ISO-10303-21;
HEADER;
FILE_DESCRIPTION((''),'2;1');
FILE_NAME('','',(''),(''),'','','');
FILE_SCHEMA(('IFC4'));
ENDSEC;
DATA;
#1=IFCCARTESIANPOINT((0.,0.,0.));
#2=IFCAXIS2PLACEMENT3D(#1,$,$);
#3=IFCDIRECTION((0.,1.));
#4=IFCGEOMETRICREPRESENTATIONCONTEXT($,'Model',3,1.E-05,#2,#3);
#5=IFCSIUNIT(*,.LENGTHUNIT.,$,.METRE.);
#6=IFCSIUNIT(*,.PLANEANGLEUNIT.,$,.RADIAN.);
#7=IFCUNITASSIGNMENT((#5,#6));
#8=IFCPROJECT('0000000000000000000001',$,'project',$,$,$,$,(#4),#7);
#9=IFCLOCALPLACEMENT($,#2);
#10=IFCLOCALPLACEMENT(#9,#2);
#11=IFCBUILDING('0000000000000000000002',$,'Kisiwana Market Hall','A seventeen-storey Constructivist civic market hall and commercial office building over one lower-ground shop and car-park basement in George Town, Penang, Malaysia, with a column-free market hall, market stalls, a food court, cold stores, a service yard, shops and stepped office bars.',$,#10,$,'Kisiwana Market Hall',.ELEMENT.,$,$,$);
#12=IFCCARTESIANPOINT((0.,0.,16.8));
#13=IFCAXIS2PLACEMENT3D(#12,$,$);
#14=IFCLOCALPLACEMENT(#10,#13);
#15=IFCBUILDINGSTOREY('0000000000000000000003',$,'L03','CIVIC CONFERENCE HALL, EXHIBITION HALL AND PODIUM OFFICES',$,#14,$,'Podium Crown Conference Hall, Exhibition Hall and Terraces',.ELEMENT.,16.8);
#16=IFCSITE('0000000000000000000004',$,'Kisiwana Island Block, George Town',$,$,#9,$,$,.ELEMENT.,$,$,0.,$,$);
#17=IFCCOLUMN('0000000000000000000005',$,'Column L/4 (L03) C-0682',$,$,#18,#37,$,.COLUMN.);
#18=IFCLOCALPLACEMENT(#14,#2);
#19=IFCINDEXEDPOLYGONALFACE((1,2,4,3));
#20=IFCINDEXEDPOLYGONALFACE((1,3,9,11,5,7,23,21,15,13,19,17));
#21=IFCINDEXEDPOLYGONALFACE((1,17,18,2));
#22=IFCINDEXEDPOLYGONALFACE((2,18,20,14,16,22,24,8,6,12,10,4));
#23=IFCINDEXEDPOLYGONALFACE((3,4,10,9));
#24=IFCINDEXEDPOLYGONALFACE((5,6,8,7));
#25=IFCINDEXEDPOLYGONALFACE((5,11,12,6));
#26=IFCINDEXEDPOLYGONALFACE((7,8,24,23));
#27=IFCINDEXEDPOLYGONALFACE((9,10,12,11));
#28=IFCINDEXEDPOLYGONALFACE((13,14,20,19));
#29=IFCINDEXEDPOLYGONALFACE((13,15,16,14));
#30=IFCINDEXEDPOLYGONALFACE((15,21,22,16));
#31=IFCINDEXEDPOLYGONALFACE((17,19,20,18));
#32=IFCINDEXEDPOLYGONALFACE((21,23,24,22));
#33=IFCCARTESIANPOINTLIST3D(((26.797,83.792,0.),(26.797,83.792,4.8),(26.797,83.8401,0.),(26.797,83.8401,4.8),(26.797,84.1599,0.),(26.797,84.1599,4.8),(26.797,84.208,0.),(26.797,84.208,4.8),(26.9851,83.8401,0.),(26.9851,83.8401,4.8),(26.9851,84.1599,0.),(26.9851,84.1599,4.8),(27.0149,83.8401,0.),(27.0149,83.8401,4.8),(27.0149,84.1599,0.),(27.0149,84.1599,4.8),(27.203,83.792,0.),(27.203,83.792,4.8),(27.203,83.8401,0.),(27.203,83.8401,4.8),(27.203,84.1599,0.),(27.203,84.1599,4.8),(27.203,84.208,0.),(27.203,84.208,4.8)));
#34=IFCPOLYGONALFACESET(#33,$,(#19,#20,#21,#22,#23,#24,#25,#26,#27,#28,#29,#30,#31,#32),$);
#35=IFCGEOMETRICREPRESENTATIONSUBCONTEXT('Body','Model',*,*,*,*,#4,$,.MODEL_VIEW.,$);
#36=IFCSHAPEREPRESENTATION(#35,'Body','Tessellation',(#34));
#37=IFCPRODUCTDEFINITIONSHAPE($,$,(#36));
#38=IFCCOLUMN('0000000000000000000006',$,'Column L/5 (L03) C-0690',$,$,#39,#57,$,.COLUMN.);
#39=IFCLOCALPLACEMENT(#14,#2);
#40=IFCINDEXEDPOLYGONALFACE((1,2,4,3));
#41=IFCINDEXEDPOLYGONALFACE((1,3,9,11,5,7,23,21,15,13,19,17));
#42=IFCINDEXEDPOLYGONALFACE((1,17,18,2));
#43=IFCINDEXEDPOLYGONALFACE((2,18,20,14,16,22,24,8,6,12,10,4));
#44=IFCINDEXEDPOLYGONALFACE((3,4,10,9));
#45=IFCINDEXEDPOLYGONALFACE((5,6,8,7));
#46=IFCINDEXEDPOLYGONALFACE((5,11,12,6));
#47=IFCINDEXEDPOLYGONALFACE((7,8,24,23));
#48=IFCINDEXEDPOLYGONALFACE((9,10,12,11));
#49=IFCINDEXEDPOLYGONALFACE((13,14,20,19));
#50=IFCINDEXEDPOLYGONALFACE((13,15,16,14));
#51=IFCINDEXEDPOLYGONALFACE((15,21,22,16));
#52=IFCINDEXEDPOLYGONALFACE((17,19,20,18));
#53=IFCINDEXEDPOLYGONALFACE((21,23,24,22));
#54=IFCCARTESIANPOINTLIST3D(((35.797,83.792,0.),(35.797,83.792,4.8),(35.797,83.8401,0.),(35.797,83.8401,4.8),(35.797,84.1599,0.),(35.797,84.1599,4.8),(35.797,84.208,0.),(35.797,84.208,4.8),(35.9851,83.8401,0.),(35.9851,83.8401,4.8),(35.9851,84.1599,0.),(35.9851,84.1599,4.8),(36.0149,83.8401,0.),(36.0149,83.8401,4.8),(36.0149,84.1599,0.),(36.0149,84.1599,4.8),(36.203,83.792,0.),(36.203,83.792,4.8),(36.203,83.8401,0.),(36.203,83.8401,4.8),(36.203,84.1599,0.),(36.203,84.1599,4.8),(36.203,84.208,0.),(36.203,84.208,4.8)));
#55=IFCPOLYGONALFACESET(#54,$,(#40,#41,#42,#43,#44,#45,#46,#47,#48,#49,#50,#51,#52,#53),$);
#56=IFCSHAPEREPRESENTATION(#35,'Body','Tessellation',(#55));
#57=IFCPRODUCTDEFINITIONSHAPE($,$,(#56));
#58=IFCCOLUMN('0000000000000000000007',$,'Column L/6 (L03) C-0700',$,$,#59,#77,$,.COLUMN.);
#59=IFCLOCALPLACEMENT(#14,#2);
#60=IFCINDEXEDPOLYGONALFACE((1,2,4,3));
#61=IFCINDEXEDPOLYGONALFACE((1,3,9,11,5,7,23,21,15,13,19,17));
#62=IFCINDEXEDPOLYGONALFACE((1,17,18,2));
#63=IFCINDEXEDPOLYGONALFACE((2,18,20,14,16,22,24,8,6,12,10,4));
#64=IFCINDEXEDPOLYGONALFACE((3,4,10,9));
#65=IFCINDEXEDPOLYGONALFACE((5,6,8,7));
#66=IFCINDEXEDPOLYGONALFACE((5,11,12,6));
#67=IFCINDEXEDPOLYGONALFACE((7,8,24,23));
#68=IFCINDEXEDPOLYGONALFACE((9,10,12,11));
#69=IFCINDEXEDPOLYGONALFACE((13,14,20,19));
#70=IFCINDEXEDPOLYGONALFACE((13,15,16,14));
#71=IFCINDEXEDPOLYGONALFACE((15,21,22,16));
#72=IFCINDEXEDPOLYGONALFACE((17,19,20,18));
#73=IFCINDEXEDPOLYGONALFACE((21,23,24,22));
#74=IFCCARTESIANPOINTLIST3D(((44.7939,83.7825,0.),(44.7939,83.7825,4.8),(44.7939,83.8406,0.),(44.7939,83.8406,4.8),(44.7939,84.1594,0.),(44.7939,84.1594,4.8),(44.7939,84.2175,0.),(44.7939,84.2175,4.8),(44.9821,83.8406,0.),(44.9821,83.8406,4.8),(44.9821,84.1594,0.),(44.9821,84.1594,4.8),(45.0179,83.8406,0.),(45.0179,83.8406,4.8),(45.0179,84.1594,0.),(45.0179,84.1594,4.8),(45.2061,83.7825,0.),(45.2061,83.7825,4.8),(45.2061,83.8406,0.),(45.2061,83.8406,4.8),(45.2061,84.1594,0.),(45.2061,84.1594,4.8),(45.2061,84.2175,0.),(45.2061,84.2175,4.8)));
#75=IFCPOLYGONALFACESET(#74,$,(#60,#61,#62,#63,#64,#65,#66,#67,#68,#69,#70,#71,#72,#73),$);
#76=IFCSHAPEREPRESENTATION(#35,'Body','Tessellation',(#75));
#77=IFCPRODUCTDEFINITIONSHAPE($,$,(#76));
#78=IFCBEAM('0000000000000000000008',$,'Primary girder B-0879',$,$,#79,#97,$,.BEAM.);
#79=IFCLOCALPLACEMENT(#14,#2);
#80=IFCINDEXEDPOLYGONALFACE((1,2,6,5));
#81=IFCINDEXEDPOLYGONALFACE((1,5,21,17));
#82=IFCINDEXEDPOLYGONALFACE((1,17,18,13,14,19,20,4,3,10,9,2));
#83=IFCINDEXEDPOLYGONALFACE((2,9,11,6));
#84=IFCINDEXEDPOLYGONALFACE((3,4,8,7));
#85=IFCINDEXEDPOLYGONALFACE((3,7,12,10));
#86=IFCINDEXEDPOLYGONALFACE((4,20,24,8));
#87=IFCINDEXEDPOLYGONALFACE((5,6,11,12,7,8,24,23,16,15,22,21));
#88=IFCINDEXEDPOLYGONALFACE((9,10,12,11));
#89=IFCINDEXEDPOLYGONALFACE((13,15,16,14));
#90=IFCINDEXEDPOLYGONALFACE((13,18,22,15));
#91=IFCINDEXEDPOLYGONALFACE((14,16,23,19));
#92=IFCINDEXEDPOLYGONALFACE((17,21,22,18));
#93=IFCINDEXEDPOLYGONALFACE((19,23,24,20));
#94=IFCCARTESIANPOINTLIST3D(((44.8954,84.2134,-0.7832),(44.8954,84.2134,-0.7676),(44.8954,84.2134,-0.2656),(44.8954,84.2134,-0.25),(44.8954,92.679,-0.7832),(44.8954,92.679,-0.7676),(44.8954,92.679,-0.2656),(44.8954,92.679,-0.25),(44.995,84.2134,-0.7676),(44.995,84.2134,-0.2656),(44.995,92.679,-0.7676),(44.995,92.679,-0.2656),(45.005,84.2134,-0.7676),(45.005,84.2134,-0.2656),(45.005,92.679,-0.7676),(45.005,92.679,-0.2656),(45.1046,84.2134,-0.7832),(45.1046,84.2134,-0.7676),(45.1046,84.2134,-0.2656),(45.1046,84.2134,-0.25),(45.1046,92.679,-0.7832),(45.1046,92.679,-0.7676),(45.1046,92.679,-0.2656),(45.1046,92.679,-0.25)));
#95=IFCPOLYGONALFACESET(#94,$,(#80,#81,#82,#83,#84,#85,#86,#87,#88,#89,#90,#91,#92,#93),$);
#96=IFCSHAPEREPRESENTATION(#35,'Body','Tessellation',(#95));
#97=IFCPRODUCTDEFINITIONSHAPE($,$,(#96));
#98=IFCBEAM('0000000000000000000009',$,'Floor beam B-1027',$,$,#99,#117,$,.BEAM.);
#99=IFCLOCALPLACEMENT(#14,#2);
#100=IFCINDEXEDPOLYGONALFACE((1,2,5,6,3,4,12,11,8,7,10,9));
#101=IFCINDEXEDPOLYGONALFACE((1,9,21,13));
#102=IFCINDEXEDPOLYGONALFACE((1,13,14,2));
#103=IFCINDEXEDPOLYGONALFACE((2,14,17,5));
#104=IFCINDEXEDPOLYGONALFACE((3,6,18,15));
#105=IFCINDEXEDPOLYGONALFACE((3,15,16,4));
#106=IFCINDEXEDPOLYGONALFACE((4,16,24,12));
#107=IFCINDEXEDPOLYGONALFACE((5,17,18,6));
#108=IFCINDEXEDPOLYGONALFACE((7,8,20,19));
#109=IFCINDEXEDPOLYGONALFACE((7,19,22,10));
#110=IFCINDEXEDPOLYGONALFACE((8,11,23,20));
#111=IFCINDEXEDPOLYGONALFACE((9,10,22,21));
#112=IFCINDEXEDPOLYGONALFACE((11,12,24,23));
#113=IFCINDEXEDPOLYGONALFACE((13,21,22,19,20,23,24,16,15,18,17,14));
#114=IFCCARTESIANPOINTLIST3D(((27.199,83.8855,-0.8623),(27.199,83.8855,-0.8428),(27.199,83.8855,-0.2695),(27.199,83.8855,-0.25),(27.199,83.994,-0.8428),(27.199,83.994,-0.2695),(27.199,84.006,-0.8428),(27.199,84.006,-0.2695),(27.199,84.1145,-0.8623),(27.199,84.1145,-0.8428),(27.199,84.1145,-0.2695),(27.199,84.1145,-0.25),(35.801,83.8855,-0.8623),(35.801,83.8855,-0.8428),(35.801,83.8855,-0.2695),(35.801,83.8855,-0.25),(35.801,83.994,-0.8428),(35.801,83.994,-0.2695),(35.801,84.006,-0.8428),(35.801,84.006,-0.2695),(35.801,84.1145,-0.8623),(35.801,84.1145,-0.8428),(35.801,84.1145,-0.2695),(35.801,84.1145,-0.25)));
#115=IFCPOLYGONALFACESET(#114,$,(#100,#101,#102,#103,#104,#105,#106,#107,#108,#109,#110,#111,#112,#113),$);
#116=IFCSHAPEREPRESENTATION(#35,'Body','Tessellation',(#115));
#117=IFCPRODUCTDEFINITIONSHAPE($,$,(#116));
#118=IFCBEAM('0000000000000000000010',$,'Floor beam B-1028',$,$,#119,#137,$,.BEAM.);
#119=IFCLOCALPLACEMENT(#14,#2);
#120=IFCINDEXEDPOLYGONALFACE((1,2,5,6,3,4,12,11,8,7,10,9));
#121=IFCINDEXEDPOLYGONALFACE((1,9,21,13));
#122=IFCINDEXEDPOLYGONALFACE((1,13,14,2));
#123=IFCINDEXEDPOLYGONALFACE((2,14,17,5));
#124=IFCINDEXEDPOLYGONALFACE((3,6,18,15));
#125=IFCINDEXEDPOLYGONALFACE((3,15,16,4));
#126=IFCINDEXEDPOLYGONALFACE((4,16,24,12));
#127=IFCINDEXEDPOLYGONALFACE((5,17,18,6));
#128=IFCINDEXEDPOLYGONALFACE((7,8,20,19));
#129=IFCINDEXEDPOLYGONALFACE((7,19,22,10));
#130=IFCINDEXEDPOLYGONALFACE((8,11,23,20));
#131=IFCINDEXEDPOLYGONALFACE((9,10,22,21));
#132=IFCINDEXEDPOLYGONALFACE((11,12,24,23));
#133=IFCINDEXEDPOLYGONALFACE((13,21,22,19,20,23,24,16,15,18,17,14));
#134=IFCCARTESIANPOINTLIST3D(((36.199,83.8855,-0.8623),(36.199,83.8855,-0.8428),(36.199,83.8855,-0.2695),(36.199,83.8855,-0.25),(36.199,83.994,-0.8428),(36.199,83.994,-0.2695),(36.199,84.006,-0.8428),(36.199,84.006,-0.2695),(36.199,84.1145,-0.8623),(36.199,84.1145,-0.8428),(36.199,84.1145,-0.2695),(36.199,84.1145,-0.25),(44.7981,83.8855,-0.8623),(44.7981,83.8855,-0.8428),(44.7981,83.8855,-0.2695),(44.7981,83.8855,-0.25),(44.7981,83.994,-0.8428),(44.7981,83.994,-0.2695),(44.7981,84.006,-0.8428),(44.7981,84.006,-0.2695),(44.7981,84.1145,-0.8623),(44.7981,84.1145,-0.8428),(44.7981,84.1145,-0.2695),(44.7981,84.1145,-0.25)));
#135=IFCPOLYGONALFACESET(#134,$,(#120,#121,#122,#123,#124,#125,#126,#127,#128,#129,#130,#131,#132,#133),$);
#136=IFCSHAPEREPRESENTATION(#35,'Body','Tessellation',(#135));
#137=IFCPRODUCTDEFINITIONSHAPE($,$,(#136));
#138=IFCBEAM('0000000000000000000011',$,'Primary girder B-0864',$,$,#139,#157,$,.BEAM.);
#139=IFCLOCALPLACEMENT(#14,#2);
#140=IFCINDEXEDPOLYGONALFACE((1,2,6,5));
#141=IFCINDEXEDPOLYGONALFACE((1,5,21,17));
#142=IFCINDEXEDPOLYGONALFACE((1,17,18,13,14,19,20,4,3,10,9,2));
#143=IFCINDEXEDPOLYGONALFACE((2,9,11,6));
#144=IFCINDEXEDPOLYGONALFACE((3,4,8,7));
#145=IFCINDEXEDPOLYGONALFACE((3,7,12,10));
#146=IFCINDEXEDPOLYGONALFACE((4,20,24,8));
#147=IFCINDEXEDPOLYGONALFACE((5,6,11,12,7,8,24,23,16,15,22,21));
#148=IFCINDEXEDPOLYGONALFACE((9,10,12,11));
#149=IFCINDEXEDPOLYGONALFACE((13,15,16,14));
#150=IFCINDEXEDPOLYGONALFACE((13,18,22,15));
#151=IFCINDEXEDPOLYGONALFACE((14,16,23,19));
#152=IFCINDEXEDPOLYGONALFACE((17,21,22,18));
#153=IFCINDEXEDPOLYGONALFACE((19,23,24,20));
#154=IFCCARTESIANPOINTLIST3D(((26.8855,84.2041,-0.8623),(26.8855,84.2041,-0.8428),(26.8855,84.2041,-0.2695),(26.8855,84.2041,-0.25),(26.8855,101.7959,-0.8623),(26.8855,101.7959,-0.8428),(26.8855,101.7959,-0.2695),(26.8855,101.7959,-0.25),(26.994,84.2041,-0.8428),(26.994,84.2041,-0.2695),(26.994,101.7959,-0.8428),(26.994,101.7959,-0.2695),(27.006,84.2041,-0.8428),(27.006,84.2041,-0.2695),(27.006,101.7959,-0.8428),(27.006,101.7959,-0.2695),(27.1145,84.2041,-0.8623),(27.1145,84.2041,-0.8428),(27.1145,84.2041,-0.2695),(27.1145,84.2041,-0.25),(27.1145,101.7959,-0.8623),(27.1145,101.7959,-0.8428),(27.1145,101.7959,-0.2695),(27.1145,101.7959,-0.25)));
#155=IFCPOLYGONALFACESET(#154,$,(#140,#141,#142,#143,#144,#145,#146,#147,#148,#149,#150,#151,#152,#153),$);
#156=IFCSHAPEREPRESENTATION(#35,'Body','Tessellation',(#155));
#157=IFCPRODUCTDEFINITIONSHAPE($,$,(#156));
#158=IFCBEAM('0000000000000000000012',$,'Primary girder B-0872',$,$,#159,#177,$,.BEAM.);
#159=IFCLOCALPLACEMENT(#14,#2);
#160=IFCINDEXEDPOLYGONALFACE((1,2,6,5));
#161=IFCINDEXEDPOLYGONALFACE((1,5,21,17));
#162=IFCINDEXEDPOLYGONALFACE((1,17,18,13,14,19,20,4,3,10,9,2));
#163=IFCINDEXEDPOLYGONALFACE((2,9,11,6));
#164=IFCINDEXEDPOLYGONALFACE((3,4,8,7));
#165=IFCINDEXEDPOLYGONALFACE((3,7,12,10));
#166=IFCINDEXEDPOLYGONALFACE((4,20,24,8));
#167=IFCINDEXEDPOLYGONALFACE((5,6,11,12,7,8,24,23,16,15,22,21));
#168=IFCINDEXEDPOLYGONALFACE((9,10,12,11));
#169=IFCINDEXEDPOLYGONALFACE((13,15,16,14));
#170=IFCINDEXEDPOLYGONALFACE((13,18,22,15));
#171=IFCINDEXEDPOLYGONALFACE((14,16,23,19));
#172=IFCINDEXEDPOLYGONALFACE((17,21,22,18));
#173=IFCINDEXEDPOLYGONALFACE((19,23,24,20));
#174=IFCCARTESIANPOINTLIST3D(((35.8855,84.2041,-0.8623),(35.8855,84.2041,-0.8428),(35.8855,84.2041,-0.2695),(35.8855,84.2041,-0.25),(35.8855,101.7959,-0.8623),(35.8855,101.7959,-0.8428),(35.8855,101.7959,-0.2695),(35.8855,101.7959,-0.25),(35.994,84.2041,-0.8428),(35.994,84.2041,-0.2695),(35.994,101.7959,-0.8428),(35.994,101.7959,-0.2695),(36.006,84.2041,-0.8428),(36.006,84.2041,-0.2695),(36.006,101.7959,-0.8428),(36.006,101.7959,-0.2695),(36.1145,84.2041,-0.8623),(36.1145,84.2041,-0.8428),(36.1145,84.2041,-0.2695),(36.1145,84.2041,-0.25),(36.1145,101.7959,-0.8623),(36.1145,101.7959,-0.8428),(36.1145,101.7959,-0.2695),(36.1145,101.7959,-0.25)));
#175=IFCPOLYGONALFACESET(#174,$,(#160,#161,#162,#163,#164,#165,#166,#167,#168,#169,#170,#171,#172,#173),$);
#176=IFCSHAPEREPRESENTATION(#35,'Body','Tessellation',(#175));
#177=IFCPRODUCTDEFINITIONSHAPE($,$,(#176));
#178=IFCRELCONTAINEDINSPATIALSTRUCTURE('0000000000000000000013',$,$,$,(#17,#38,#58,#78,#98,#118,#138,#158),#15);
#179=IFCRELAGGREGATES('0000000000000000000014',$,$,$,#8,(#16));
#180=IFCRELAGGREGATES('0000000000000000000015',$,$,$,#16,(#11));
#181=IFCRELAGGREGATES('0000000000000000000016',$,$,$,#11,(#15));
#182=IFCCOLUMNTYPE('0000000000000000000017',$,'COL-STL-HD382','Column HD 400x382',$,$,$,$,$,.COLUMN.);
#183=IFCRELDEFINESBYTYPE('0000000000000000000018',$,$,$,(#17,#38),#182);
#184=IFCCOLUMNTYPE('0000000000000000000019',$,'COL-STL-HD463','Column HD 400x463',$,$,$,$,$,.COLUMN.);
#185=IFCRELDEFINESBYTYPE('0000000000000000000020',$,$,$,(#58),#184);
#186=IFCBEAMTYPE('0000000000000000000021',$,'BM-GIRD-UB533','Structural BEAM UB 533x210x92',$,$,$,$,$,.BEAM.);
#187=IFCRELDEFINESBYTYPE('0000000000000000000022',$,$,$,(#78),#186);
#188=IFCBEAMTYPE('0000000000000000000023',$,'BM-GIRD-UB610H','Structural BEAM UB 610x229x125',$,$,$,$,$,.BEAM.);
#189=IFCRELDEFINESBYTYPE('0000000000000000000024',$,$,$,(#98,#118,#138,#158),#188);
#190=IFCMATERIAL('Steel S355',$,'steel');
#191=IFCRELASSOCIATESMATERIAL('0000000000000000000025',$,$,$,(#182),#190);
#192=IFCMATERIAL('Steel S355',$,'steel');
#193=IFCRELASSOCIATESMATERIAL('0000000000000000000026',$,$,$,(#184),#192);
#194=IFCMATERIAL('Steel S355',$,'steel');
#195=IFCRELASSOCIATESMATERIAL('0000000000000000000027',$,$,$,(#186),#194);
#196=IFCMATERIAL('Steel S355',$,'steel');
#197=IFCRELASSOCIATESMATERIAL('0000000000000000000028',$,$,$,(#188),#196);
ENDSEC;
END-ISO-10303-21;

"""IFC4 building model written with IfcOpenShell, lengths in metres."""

from ifc_helpers import new_model, si_unit, direction, frame, origin, origin_2d, place, context, subcontext, project, spatial, i_section, extrude, material, material_profile, profile_set, type_object, element, save


model = new_model("IFC4")

# Units and contexts
model_context = context("Model", 3, precision=1e-05, world=origin(), true_north=direction((0.0, 1.0)))
body_context = subcontext(model_context, "Body", "Model", "MODEL_VIEW")
ifc_project = project(units=[si_unit("LENGTHUNIT", "METRE"), si_unit("PLANEANGLEUNIT", "RADIAN")], contexts=[model_context])

# Site, building, storey
site_placement = place(None, origin())
site = spatial("IfcSite", under=ifc_project, at=site_placement, Name="Kisiwana Island Block, George Town", CompositionType="ELEMENT", RefElevation=0.0)
building_placement = place(site_placement, origin())
building = spatial("IfcBuilding", under=site, at=building_placement, Name="Kisiwana Market Hall", Description="A seventeen-storey Constructivist civic market hall and commercial office building over one lower-ground shop and car-park basement in George Town, Penang, Malaysia, with a column-free market hall, market stalls, a food court, cold stores, a service yard, shops and stepped office bars.", LongName="Kisiwana Market Hall", CompositionType="ELEMENT")
storey_placement = place(building_placement, frame((0.0, 0.0, 16.8)))
storey = spatial("IfcBuildingStorey", under=building, at=storey_placement, Name="L03", Description="CIVIC CONFERENCE HALL, EXHIBITION HALL AND PODIUM OFFICES", LongName="Podium Crown Conference Hall, Exhibition Hall and Terraces", CompositionType="ELEMENT", Elevation=16.8)

# Columns
ifc_material_1 = material(Name="Steel S355", Category="steel")
ifc_material_profile_1 = material_profile(ifc_material_1, i_section(OverallWidth=0.406, OverallDepth=0.416, WebThickness=0.0298, FlangeThickness=0.0481, at=origin_2d()), Name="HD 400x382")
ifc_profile_set_1 = profile_set([ifc_material_profile_1], Name="Steel S355")
column_type_1 = type_object("IfcColumnType", Name="COL-STL-HD382", Description="Column HD 400x382", PredefinedType="COLUMN", material=ifc_profile_set_1)
for number, where, z_axis, x_axis, name in (
    (1, (27.0, 84.0, 0.0), (0.0, 0.0, 1.0), (1.0, 0.0, 0.0), "Column L/4 (L03) C-0682"),
    (2, (36.0, 84.0, 0.0), (0.0, 0.0, 1.0), (1.0, 0.0, 0.0), "Column L/5 (L03) C-0690"),
):
    element("IfcColumn", number, at=place(storey_placement, frame(where, z_axis=z_axis, x_axis=x_axis)), inside=storey, type_object=column_type_1, Name=name, PredefinedType="COLUMN", context=body_context, shape_type="SweptSolid", body=[
        extrude(i_section(OverallWidth=0.406, OverallDepth=0.416, WebThickness=0.0298, FlangeThickness=0.0481, at=origin_2d()), origin(), (0.0, 0.0, 1.0), 4.8),
    ])
ifc_material_2 = material(Name="Steel S355", Category="steel")
ifc_material_profile_2 = material_profile(ifc_material_2, i_section(OverallWidth=0.4121, OverallDepth=0.4351, WebThickness=0.0359, FlangeThickness=0.0581, at=origin_2d()), Name="HD 400x463")
ifc_profile_set_2 = profile_set([ifc_material_profile_2], Name="Steel S355")
column_type_2 = type_object("IfcColumnType", Name="COL-STL-HD463", Description="Column HD 400x463", PredefinedType="COLUMN", material=ifc_profile_set_2)
column_placement = place(storey_placement, frame((45.0, 84.0, 0.0), z_axis=(0.0, 0.0, 1.0), x_axis=(1.0, 0.0, 0.0)))
element("IfcColumn", 3, at=column_placement, inside=storey, type_object=column_type_2, Name="Column L/6 (L03) C-0700", PredefinedType="COLUMN", context=body_context, shape_type="SweptSolid", body=[
    extrude(i_section(OverallWidth=0.4121, OverallDepth=0.4351, WebThickness=0.0359, FlangeThickness=0.0581, at=origin_2d()), origin(), (0.0, 0.0, 1.0), 4.8),
])

# Beams
ifc_material_3 = material(Name="Steel S355", Category="steel")
ifc_material_profile_3 = material_profile(ifc_material_3, i_section(OverallWidth=0.2092, OverallDepth=0.5332, WebThickness=0.01, FlangeThickness=0.0156, at=origin_2d()), Name="UB 533x210x92")
ifc_profile_set_3 = profile_set([ifc_material_profile_3], Name="Steel S355")
beam_type_1 = type_object("IfcBeamType", Name="BM-GIRD-UB533", Description="Structural BEAM UB 533x210x92", PredefinedType="BEAM", material=ifc_profile_set_3)
beam_1_placement = place(storey_placement, frame((45.0, 84.2134, -0.5166), z_axis=(0.0, 1.0, 0.0), x_axis=(-1.0, 0.0, 0.0)))
element("IfcBeam", 4, at=beam_1_placement, inside=storey, type_object=beam_type_1, Name="Primary girder B-0879", PredefinedType="BEAM", context=body_context, shape_type="SweptSolid", body=[
    extrude(i_section(OverallWidth=0.2092, OverallDepth=0.5332, WebThickness=0.01, FlangeThickness=0.0156, at=origin_2d()), origin(), (0.0, 0.0, 1.0), 8.4656),
])
ifc_material_4 = material(Name="Steel S355", Category="steel")
ifc_material_profile_4 = material_profile(ifc_material_4, i_section(OverallWidth=0.229, OverallDepth=0.6123, WebThickness=0.012, FlangeThickness=0.0195, at=origin_2d()), Name="UB 610x229x125")
ifc_profile_set_4 = profile_set([ifc_material_profile_4], Name="Steel S355")
beam_type_2 = type_object("IfcBeamType", Name="BM-GIRD-UB610H", Description="Structural BEAM UB 610x229x125", PredefinedType="BEAM", material=ifc_profile_set_4)
beam_2_placement = place(storey_placement, frame((27.199, 84.0, -0.5562), z_axis=(1.0, 0.0, 0.0), x_axis=(0.0, 1.0, 0.0)))
element("IfcBeam", 5, at=beam_2_placement, inside=storey, type_object=beam_type_2, Name="Floor beam B-1027", PredefinedType="BEAM", context=body_context, shape_type="SweptSolid", body=[
    extrude(i_section(OverallWidth=0.229, OverallDepth=0.6123, WebThickness=0.012, FlangeThickness=0.0195, at=origin_2d()), origin(), (0.0, 0.0, 1.0), 8.6021),
])
beam_3_placement = place(storey_placement, frame((36.199, 84.0, -0.5562), z_axis=(1.0, 0.0, 0.0), x_axis=(0.0, 1.0, 0.0)))
element("IfcBeam", 6, at=beam_3_placement, inside=storey, type_object=beam_type_2, Name="Floor beam B-1028", PredefinedType="BEAM", context=body_context, shape_type="SweptSolid", body=[
    extrude(i_section(OverallWidth=0.229, OverallDepth=0.6123, WebThickness=0.012, FlangeThickness=0.0195, at=origin_2d()), origin(), (0.0, 0.0, 1.0), 8.5991),
])
for number, where, z_axis, x_axis, name in (
    (7, (27.0, 84.2041, -0.5562), (0.0, 1.0, 0.0), (-1.0, 0.0, 0.0), "Primary girder B-0864"),
    (8, (36.0, 84.2041, -0.5562), (0.0, 1.0, 0.0), (-1.0, 0.0, 0.0), "Primary girder B-0872"),
):
    element("IfcBeam", number, at=place(storey_placement, frame(where, z_axis=z_axis, x_axis=x_axis)), inside=storey, type_object=beam_type_2, Name=name, PredefinedType="BEAM", context=body_context, shape_type="SweptSolid", body=[
        extrude(i_section(OverallWidth=0.229, OverallDepth=0.6123, WebThickness=0.012, FlangeThickness=0.0195, at=origin_2d()), origin(), (0.0, 0.0, 1.0), 17.5918),
    ])

save(model, "model.ifc")
